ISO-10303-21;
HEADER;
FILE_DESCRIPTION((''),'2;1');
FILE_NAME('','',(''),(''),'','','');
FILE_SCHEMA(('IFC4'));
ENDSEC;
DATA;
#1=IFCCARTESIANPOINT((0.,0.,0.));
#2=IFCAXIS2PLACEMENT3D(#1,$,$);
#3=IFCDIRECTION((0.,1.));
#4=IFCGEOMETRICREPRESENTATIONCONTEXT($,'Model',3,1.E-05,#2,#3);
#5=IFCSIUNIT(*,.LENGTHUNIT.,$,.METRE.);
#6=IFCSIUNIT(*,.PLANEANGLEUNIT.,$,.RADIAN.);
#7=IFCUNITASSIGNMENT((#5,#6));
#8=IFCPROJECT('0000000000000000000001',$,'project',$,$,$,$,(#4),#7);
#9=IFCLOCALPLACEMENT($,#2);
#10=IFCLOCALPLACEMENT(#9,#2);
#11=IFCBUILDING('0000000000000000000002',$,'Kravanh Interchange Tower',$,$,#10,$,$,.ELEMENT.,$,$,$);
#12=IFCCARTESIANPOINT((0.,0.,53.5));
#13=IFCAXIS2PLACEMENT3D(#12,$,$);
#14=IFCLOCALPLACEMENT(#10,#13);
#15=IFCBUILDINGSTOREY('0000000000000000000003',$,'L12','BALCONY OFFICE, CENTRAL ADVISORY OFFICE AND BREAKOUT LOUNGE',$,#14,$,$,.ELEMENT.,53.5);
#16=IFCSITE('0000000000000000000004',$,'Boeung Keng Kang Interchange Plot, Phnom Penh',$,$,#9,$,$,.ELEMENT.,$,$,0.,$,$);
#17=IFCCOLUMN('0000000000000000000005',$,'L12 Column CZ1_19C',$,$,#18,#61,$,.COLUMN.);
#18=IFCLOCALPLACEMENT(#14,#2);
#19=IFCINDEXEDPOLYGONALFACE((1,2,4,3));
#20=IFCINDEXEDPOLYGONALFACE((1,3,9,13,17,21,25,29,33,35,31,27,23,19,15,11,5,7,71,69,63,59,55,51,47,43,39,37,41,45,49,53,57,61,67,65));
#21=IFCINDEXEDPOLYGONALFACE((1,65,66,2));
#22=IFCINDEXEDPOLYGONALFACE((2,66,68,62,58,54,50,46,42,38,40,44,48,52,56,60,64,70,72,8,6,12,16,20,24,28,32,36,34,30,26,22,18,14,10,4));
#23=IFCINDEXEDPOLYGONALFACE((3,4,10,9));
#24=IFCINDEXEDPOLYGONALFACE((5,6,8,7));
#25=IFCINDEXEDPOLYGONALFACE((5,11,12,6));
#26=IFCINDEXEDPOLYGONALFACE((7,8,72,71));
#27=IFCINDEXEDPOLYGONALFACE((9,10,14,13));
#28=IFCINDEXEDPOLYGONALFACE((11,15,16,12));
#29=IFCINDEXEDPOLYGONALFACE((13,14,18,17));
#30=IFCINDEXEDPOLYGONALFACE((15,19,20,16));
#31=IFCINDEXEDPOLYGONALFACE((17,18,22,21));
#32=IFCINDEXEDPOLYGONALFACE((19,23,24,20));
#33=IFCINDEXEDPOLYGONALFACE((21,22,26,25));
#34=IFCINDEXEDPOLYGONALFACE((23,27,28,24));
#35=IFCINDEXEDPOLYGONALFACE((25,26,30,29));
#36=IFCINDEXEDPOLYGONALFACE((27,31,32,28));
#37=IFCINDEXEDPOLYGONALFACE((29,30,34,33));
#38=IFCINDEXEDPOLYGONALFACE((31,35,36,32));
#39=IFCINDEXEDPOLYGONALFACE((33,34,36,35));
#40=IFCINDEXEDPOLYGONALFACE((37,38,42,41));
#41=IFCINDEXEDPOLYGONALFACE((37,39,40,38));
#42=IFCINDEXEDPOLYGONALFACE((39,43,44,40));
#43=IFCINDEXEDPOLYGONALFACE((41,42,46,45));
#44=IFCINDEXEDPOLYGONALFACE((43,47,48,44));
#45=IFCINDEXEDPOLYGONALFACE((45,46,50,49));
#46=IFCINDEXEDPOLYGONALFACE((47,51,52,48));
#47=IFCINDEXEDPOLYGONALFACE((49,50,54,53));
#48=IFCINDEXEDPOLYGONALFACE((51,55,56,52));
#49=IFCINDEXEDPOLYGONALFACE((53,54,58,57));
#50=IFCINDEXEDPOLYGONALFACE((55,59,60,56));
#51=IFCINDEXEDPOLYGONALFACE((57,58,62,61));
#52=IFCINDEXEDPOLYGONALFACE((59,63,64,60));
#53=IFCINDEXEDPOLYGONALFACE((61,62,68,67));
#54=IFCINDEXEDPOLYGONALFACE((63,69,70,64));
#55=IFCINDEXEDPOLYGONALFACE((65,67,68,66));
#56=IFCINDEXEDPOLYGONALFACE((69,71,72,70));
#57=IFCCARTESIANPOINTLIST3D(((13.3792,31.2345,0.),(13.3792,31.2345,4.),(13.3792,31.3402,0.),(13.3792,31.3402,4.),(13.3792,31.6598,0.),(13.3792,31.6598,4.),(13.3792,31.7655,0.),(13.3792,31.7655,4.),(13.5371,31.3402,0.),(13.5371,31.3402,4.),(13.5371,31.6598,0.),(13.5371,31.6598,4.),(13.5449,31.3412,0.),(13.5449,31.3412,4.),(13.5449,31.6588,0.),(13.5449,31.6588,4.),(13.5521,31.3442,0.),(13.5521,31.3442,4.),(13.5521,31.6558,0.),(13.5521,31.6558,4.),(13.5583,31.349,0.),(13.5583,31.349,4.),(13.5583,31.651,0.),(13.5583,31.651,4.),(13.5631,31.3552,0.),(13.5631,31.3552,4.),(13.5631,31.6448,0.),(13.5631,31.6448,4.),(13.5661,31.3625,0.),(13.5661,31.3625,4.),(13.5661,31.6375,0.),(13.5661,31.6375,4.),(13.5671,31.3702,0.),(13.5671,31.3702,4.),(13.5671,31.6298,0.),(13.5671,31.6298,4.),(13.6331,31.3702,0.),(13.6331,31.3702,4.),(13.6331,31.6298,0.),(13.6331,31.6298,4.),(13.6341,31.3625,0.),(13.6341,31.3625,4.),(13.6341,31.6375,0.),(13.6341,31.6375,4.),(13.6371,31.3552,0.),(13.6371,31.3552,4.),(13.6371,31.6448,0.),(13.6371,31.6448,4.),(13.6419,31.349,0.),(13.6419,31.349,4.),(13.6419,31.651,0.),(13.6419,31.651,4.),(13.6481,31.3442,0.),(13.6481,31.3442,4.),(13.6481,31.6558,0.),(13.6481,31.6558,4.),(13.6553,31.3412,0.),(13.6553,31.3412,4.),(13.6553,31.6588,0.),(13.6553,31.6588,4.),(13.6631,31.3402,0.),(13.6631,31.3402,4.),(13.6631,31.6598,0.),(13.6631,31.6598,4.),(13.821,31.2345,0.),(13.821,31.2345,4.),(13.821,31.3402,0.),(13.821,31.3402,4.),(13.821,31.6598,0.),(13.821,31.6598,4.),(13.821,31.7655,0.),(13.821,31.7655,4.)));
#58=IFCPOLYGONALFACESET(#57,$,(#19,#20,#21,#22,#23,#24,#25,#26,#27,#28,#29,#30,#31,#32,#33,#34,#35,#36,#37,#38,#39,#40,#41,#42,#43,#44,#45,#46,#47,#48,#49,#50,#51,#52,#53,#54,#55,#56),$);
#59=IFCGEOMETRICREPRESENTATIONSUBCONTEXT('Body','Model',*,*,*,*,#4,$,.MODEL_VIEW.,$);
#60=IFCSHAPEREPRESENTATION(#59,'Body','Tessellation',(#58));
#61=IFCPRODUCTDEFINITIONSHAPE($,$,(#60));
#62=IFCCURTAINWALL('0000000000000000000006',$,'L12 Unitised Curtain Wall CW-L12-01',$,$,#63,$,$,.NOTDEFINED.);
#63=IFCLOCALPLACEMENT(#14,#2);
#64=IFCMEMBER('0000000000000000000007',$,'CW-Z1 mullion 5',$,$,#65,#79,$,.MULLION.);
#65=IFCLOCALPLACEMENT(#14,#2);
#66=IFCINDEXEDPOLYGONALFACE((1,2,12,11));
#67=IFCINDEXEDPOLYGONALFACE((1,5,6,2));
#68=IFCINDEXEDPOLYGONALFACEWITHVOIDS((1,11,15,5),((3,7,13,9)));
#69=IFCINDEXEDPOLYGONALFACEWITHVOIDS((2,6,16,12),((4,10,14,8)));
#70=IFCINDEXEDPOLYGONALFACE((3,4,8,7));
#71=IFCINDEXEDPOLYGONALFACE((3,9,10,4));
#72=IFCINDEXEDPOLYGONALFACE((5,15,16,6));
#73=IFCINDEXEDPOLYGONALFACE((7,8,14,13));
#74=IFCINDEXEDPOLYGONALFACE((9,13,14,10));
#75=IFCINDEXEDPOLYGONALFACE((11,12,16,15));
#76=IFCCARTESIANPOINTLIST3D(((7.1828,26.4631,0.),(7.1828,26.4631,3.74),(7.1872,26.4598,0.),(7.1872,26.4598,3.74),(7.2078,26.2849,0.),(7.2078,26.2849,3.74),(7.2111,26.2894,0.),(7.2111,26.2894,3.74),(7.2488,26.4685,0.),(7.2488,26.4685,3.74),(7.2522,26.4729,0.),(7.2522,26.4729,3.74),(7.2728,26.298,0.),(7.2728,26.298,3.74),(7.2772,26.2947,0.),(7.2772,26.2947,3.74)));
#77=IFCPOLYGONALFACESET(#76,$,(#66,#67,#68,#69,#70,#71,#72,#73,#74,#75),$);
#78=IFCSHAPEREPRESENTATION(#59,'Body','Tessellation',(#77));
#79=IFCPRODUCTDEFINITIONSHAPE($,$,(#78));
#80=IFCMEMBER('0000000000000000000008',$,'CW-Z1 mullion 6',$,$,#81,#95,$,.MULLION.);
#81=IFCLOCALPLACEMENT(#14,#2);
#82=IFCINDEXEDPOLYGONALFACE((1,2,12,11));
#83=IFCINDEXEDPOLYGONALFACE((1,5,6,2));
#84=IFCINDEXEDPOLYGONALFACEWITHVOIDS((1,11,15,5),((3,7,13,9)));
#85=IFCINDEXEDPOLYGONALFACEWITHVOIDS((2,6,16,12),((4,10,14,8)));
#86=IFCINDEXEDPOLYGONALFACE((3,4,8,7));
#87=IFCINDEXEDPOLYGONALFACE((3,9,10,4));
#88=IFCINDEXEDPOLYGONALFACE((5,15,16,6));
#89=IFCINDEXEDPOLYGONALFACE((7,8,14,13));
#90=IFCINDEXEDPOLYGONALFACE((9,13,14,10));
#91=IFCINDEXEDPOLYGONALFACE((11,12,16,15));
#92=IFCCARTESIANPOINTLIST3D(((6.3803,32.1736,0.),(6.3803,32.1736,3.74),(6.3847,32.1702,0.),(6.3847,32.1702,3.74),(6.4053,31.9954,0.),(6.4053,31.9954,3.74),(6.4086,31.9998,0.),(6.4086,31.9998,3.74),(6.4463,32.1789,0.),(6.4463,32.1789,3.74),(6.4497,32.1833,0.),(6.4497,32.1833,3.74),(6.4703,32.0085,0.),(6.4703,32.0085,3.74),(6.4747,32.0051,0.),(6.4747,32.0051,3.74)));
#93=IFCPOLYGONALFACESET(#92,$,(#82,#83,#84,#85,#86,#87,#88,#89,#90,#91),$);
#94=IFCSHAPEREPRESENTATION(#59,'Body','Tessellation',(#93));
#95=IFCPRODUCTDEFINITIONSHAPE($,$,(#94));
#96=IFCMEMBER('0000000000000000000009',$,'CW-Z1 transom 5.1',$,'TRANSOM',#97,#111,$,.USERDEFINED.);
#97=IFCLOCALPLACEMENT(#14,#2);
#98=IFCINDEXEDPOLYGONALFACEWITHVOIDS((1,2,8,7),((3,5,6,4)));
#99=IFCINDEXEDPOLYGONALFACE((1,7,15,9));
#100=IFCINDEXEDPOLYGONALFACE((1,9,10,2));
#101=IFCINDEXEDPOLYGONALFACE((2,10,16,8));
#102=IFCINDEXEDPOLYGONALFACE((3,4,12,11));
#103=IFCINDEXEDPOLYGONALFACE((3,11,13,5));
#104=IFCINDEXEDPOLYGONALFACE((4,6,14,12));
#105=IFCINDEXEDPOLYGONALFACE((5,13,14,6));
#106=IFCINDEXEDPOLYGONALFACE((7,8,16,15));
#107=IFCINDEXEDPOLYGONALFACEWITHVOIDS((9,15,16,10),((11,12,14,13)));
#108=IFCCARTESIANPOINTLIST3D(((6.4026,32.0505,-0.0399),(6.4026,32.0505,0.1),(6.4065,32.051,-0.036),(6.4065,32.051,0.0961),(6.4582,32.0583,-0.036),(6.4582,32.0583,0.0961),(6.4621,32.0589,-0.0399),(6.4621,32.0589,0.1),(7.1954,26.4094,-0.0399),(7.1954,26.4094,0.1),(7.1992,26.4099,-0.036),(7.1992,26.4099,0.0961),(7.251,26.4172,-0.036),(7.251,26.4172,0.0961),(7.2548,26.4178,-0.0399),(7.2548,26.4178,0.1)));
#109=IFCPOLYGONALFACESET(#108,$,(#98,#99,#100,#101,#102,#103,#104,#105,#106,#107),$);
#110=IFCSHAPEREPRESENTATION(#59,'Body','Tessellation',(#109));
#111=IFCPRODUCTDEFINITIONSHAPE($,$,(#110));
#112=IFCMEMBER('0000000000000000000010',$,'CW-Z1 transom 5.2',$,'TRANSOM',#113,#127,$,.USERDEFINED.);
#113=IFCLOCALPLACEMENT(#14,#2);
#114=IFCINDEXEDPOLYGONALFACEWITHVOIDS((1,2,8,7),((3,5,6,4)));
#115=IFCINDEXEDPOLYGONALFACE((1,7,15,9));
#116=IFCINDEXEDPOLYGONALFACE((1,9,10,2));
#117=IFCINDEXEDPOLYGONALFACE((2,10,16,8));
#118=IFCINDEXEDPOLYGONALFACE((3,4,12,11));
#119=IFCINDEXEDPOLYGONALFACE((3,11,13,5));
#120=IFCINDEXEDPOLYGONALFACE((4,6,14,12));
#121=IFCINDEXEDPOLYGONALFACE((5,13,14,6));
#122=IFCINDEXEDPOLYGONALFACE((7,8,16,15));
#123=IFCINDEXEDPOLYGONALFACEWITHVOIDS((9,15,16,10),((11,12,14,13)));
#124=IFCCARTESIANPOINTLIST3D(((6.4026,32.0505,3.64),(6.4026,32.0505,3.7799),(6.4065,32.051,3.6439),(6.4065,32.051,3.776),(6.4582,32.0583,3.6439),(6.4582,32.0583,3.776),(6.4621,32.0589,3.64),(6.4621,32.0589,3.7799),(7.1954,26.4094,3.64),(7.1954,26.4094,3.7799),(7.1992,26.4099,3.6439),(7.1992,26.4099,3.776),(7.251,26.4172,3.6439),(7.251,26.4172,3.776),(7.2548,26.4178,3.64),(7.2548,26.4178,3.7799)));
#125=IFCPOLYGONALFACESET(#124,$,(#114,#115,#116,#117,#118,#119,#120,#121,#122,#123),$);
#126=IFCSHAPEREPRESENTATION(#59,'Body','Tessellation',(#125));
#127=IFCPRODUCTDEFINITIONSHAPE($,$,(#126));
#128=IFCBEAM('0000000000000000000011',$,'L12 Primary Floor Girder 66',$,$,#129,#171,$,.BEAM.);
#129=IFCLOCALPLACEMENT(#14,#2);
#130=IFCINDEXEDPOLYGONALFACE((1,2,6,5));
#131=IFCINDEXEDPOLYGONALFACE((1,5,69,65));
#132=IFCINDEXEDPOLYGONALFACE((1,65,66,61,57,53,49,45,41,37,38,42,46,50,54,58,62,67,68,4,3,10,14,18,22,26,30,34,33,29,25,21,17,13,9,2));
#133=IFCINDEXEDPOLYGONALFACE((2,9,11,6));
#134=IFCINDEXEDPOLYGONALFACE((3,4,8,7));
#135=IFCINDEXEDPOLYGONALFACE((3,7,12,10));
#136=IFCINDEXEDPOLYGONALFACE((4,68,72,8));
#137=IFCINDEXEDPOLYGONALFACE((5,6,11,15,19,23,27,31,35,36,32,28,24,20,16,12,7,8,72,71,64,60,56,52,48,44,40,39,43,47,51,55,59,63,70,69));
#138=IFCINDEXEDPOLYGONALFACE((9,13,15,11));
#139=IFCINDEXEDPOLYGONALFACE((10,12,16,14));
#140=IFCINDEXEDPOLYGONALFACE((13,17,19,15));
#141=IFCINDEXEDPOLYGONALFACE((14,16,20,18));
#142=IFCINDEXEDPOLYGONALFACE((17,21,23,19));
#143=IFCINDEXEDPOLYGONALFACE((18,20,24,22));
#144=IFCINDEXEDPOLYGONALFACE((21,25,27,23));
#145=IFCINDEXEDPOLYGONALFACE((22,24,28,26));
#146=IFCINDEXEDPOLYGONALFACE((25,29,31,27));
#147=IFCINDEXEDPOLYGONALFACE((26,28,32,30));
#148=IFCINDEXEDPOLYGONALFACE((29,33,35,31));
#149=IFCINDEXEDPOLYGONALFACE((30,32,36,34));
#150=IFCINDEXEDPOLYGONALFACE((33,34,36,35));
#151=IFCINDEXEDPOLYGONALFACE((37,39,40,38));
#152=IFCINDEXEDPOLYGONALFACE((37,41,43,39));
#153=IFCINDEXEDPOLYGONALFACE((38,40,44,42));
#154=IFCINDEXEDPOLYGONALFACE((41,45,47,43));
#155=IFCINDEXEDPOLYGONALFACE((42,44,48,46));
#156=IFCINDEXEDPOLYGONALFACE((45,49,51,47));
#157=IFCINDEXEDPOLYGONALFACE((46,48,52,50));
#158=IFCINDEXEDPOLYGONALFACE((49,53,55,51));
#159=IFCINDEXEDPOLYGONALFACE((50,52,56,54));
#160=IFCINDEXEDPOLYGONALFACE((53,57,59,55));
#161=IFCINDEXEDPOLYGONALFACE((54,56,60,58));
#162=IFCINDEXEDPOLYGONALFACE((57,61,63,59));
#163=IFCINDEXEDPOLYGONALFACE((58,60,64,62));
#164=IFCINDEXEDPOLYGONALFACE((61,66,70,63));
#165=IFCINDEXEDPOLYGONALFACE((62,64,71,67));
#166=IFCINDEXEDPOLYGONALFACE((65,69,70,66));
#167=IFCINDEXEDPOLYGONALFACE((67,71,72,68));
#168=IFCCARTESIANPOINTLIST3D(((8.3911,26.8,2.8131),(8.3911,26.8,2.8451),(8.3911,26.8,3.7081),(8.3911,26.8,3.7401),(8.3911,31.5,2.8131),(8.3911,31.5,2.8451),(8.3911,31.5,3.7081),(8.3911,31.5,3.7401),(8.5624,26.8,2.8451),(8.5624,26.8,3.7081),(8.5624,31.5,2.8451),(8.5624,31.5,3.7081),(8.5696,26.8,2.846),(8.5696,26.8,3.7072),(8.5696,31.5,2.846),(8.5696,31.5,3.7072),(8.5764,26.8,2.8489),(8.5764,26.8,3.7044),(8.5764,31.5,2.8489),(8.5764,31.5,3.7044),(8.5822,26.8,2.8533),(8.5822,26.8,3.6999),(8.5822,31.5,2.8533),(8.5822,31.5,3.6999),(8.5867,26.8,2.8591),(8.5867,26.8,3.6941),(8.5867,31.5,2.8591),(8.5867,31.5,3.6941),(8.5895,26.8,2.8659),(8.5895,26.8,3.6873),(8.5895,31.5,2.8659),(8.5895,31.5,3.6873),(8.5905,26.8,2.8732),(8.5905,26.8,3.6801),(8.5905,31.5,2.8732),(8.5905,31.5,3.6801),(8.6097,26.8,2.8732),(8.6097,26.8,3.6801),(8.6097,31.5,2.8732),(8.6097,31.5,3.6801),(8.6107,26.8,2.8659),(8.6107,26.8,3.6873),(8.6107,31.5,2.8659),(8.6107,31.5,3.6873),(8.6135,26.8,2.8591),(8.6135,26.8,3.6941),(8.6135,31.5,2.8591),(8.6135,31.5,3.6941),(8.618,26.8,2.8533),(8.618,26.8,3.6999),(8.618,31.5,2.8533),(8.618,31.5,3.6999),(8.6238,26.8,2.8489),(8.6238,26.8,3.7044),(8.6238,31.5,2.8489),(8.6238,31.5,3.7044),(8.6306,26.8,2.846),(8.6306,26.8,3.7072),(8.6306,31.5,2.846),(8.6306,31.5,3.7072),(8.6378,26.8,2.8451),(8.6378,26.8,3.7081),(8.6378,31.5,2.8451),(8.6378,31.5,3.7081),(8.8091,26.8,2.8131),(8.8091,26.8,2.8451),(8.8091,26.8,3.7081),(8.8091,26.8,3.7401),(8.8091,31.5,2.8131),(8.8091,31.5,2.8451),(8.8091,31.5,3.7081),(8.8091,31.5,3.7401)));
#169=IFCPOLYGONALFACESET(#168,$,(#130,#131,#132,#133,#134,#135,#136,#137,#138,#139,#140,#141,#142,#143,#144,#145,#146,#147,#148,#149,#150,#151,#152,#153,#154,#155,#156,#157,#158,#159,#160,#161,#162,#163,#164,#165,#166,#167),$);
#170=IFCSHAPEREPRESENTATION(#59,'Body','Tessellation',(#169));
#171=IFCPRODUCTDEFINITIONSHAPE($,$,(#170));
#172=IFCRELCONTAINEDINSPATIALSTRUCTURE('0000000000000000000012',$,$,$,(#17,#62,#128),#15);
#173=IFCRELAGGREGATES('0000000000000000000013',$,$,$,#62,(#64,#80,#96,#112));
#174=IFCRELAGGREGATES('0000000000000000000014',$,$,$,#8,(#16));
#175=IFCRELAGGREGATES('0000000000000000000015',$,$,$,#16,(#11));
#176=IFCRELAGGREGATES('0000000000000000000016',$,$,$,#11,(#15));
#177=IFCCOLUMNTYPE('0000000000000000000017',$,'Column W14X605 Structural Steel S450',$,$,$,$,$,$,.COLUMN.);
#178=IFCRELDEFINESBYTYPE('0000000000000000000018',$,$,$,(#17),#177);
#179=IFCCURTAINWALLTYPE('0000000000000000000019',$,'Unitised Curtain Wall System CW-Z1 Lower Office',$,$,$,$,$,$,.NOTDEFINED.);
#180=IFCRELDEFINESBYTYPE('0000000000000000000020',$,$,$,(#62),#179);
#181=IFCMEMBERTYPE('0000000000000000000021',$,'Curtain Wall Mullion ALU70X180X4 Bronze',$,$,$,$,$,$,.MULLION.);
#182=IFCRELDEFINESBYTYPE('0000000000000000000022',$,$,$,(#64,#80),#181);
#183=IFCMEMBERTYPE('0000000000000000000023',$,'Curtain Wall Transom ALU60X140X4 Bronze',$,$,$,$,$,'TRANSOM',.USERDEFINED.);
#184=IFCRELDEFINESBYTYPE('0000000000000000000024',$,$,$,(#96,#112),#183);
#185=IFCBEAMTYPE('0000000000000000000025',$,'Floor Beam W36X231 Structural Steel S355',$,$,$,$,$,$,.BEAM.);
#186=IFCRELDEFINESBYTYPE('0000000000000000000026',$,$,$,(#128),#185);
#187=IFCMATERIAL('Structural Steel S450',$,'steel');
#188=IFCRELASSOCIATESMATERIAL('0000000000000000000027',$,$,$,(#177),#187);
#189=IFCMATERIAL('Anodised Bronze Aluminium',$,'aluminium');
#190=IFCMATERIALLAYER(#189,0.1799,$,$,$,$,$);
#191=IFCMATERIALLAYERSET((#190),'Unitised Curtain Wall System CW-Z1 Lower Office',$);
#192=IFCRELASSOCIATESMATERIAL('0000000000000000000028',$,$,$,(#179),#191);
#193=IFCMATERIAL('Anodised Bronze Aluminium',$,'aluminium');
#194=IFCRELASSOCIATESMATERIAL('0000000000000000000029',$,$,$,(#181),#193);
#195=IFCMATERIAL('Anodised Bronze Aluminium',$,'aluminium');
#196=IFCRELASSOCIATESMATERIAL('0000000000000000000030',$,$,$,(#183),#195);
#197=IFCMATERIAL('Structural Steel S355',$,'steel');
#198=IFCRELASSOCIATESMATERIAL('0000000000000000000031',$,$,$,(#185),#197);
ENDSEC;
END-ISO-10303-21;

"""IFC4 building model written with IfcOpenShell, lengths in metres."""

from ifc_helpers import new_model, si_unit, direction, frame, origin, origin_2d, place, context, subcontext, project, spatial, hollow_rectangle, i_section, extrude, material, layer, layer_set, material_profile, profile_set, type_object, element, aggregate, save


model = new_model("IFC4")

# Units and contexts
model_context = context("Model", 3, precision=1e-05, world=origin(), true_north=direction((0.0, 1.0)))
body_context = subcontext(model_context, "Body", "Model", "MODEL_VIEW")
ifc_project = project(units=[si_unit("LENGTHUNIT", "METRE"), si_unit("PLANEANGLEUNIT", "RADIAN")], contexts=[model_context])

# Site, building, storey
site_placement = place(None, origin())
site = spatial("IfcSite", under=ifc_project, at=site_placement, Name="Boeung Keng Kang Interchange Plot, Phnom Penh", CompositionType="ELEMENT", RefElevation=0.0)
building_placement = place(site_placement, origin())
building = spatial("IfcBuilding", under=site, at=building_placement, Name="Kravanh Interchange Tower", CompositionType="ELEMENT")
storey_placement = place(building_placement, frame((0.0, 0.0, 53.5)))
storey = spatial("IfcBuildingStorey", under=building, at=storey_placement, Name="L12", Description="BALCONY OFFICE, CENTRAL ADVISORY OFFICE AND BREAKOUT LOUNGE", CompositionType="ELEMENT", Elevation=53.5)

# Column
ifc_material_1 = material(Name="Structural Steel S450", Category="steel")
ifc_material_profile_1 = material_profile(ifc_material_1, i_section(OverallWidth=0.4419, OverallDepth=0.531, WebThickness=0.0659, FlangeThickness=0.1057, FilletRadius=0.03, at=origin_2d()), Name="W14X605")
ifc_profile_set_1 = profile_set([ifc_material_profile_1], Name="Structural Steel S450")
column_type = type_object("IfcColumnType", Name="Column W14X605 Structural Steel S450", PredefinedType="COLUMN", material=ifc_profile_set_1)
for number, where, z_axis, x_axis, name in (
    (1, (13.6001, 31.5, 0.0), (0.0, 0.0, 1.0), (1.0, 0.0, 0.0), "L12 Column CZ1_19C"),
):
    element("IfcColumn", number, at=place(storey_placement, frame(where, z_axis=z_axis, x_axis=x_axis)), inside=storey, type_object=column_type, Name=name, PredefinedType="COLUMN", context=body_context, shape_type="SweptSolid", body=[
        extrude(i_section(OverallWidth=0.4419, OverallDepth=0.531, WebThickness=0.0659, FlangeThickness=0.1057, FilletRadius=0.03, at=origin_2d()), origin(), (0.0, 0.0, 1.0), 4.0),
    ])

# Curtain wall, members
ifc_material_2 = material(Name="Anodised Bronze Aluminium", Category="aluminium")
ifc_layer_1 = layer(ifc_material_2, 0.1799)
ifc_layer_set_1 = layer_set([ifc_layer_1], Name="Unitised Curtain Wall System CW-Z1 Lower Office")
curtain_wall_type = type_object("IfcCurtainWallType", Name="Unitised Curtain Wall System CW-Z1 Lower Office", PredefinedType="NOTDEFINED", material=ifc_layer_set_1)
curtain_wall_placement = place(storey_placement, origin())
curtain_wall = element("IfcCurtainWall", 2, at=curtain_wall_placement, inside=storey, type_object=curtain_wall_type, Name="L12 Unitised Curtain Wall CW-L12-01", PredefinedType="NOTDEFINED")
ifc_material_3 = material(Name="Anodised Bronze Aluminium", Category="aluminium")
ifc_material_profile_2 = material_profile(ifc_material_3, hollow_rectangle(XDim=0.0701, YDim=0.1799, WallThickness=0.0039, at=origin_2d()), Name="ALU70X180X4")
ifc_profile_set_2 = profile_set([ifc_material_profile_2], Name="Anodised Bronze Aluminium")
member_type_1 = type_object("IfcMemberType", Name="Curtain Wall Mullion ALU70X180X4 Bronze", PredefinedType="MULLION", material=ifc_profile_set_2)
member_1_placement = place(storey_placement, frame((7.23, 26.3789, 0.0), z_axis=(0.0, 0.0, 1.0), x_axis=(-0.990268, -0.139177, 0.0)))
member_1 = element("IfcMember", 3, at=member_1_placement, type_object=member_type_1, Name="CW-Z1 mullion 5", PredefinedType="MULLION", context=body_context, shape_type="SweptSolid", body=[
    extrude(hollow_rectangle(XDim=0.0701, YDim=0.1799, WallThickness=0.0039, at=origin_2d()), origin(), (0.0, 0.0, 1.0), 3.74),
])
member_2_placement = place(storey_placement, frame((6.4275, 32.0894, 0.0), z_axis=(0.0, 0.0, 1.0), x_axis=(-0.990268, -0.139177, 0.0)))
member_2 = element("IfcMember", 4, at=member_2_placement, type_object=member_type_1, Name="CW-Z1 mullion 6", PredefinedType="MULLION", context=body_context, shape_type="SweptSolid", body=[
    extrude(hollow_rectangle(XDim=0.0701, YDim=0.1799, WallThickness=0.0039, at=origin_2d()), origin(), (0.0, 0.0, 1.0), 3.74),
])
ifc_material_4 = material(Name="Anodised Bronze Aluminium", Category="aluminium")
ifc_material_profile_3 = material_profile(ifc_material_4, hollow_rectangle(XDim=0.0601, YDim=0.1399, WallThickness=0.0039, at=origin_2d()), Name="ALU60X140X4")
ifc_profile_set_3 = profile_set([ifc_material_profile_3], Name="Anodised Bronze Aluminium")
member_type_2 = type_object("IfcMemberType", Name="Curtain Wall Transom ALU60X140X4 Bronze", ElementType="TRANSOM", PredefinedType="USERDEFINED", material=ifc_profile_set_3)
member_3_placement = place(storey_placement, frame((7.2251, 26.4136, 0.03), z_axis=(-0.139159, 0.99027, 0.0), x_axis=(-0.99027, -0.139159, 0.0)))
member_3 = element("IfcMember", 5, at=member_3_placement, type_object=member_type_2, Name="CW-Z1 transom 5.1", ObjectType="TRANSOM", PredefinedType="USERDEFINED", context=body_context, shape_type="SweptSolid", body=[
    extrude(hollow_rectangle(XDim=0.0601, YDim=0.1399, WallThickness=0.0039, at=origin_2d()), origin(), (0.0, 0.0, 1.0), 5.6965),
])
member_4_placement = place(storey_placement, frame((7.2251, 26.4136, 3.71), z_axis=(-0.139159, 0.99027, 0.0), x_axis=(-0.99027, -0.139159, 0.0)))
member_4 = element("IfcMember", 6, at=member_4_placement, type_object=member_type_2, Name="CW-Z1 transom 5.2", ObjectType="TRANSOM", PredefinedType="USERDEFINED", context=body_context, shape_type="SweptSolid", body=[
    extrude(hollow_rectangle(XDim=0.0601, YDim=0.1399, WallThickness=0.0039, at=origin_2d()), origin(), (0.0, 0.0, 1.0), 5.6965),
])

# Beam
ifc_material_5 = material(Name="Structural Steel S355", Category="steel")
ifc_material_profile_4 = material_profile(ifc_material_5, i_section(OverallWidth=0.418, OverallDepth=0.927, WebThickness=0.0193, FlangeThickness=0.032, FilletRadius=0.0281, at=origin_2d()), Name="W36X231")
ifc_profile_set_4 = profile_set([ifc_material_profile_4], Name="Structural Steel S355")
beam_type_1 = type_object("IfcBeamType", Name="Floor Beam W36X231 Structural Steel S355", PredefinedType="BEAM", material=ifc_profile_set_4)
beam_1_placement = place(storey_placement, frame((8.6001, 26.8, 3.2766), z_axis=(0.0, 1.0, 0.0), x_axis=(-1.0, 0.0, 0.0)))
element("IfcBeam", 7, at=beam_1_placement, inside=storey, type_object=beam_type_1, Name="L12 Primary Floor Girder 66", PredefinedType="BEAM", context=body_context, shape_type="SweptSolid", body=[
    extrude(i_section(OverallWidth=0.418, OverallDepth=0.927, WebThickness=0.0193, FlangeThickness=0.032, FilletRadius=0.0281, at=origin_2d()), origin(), (0.0, 0.0, 1.0), 4.7),
])

aggregate(curtain_wall, [member_1, member_2, member_3, member_4])

save(model, "model.ifc")
